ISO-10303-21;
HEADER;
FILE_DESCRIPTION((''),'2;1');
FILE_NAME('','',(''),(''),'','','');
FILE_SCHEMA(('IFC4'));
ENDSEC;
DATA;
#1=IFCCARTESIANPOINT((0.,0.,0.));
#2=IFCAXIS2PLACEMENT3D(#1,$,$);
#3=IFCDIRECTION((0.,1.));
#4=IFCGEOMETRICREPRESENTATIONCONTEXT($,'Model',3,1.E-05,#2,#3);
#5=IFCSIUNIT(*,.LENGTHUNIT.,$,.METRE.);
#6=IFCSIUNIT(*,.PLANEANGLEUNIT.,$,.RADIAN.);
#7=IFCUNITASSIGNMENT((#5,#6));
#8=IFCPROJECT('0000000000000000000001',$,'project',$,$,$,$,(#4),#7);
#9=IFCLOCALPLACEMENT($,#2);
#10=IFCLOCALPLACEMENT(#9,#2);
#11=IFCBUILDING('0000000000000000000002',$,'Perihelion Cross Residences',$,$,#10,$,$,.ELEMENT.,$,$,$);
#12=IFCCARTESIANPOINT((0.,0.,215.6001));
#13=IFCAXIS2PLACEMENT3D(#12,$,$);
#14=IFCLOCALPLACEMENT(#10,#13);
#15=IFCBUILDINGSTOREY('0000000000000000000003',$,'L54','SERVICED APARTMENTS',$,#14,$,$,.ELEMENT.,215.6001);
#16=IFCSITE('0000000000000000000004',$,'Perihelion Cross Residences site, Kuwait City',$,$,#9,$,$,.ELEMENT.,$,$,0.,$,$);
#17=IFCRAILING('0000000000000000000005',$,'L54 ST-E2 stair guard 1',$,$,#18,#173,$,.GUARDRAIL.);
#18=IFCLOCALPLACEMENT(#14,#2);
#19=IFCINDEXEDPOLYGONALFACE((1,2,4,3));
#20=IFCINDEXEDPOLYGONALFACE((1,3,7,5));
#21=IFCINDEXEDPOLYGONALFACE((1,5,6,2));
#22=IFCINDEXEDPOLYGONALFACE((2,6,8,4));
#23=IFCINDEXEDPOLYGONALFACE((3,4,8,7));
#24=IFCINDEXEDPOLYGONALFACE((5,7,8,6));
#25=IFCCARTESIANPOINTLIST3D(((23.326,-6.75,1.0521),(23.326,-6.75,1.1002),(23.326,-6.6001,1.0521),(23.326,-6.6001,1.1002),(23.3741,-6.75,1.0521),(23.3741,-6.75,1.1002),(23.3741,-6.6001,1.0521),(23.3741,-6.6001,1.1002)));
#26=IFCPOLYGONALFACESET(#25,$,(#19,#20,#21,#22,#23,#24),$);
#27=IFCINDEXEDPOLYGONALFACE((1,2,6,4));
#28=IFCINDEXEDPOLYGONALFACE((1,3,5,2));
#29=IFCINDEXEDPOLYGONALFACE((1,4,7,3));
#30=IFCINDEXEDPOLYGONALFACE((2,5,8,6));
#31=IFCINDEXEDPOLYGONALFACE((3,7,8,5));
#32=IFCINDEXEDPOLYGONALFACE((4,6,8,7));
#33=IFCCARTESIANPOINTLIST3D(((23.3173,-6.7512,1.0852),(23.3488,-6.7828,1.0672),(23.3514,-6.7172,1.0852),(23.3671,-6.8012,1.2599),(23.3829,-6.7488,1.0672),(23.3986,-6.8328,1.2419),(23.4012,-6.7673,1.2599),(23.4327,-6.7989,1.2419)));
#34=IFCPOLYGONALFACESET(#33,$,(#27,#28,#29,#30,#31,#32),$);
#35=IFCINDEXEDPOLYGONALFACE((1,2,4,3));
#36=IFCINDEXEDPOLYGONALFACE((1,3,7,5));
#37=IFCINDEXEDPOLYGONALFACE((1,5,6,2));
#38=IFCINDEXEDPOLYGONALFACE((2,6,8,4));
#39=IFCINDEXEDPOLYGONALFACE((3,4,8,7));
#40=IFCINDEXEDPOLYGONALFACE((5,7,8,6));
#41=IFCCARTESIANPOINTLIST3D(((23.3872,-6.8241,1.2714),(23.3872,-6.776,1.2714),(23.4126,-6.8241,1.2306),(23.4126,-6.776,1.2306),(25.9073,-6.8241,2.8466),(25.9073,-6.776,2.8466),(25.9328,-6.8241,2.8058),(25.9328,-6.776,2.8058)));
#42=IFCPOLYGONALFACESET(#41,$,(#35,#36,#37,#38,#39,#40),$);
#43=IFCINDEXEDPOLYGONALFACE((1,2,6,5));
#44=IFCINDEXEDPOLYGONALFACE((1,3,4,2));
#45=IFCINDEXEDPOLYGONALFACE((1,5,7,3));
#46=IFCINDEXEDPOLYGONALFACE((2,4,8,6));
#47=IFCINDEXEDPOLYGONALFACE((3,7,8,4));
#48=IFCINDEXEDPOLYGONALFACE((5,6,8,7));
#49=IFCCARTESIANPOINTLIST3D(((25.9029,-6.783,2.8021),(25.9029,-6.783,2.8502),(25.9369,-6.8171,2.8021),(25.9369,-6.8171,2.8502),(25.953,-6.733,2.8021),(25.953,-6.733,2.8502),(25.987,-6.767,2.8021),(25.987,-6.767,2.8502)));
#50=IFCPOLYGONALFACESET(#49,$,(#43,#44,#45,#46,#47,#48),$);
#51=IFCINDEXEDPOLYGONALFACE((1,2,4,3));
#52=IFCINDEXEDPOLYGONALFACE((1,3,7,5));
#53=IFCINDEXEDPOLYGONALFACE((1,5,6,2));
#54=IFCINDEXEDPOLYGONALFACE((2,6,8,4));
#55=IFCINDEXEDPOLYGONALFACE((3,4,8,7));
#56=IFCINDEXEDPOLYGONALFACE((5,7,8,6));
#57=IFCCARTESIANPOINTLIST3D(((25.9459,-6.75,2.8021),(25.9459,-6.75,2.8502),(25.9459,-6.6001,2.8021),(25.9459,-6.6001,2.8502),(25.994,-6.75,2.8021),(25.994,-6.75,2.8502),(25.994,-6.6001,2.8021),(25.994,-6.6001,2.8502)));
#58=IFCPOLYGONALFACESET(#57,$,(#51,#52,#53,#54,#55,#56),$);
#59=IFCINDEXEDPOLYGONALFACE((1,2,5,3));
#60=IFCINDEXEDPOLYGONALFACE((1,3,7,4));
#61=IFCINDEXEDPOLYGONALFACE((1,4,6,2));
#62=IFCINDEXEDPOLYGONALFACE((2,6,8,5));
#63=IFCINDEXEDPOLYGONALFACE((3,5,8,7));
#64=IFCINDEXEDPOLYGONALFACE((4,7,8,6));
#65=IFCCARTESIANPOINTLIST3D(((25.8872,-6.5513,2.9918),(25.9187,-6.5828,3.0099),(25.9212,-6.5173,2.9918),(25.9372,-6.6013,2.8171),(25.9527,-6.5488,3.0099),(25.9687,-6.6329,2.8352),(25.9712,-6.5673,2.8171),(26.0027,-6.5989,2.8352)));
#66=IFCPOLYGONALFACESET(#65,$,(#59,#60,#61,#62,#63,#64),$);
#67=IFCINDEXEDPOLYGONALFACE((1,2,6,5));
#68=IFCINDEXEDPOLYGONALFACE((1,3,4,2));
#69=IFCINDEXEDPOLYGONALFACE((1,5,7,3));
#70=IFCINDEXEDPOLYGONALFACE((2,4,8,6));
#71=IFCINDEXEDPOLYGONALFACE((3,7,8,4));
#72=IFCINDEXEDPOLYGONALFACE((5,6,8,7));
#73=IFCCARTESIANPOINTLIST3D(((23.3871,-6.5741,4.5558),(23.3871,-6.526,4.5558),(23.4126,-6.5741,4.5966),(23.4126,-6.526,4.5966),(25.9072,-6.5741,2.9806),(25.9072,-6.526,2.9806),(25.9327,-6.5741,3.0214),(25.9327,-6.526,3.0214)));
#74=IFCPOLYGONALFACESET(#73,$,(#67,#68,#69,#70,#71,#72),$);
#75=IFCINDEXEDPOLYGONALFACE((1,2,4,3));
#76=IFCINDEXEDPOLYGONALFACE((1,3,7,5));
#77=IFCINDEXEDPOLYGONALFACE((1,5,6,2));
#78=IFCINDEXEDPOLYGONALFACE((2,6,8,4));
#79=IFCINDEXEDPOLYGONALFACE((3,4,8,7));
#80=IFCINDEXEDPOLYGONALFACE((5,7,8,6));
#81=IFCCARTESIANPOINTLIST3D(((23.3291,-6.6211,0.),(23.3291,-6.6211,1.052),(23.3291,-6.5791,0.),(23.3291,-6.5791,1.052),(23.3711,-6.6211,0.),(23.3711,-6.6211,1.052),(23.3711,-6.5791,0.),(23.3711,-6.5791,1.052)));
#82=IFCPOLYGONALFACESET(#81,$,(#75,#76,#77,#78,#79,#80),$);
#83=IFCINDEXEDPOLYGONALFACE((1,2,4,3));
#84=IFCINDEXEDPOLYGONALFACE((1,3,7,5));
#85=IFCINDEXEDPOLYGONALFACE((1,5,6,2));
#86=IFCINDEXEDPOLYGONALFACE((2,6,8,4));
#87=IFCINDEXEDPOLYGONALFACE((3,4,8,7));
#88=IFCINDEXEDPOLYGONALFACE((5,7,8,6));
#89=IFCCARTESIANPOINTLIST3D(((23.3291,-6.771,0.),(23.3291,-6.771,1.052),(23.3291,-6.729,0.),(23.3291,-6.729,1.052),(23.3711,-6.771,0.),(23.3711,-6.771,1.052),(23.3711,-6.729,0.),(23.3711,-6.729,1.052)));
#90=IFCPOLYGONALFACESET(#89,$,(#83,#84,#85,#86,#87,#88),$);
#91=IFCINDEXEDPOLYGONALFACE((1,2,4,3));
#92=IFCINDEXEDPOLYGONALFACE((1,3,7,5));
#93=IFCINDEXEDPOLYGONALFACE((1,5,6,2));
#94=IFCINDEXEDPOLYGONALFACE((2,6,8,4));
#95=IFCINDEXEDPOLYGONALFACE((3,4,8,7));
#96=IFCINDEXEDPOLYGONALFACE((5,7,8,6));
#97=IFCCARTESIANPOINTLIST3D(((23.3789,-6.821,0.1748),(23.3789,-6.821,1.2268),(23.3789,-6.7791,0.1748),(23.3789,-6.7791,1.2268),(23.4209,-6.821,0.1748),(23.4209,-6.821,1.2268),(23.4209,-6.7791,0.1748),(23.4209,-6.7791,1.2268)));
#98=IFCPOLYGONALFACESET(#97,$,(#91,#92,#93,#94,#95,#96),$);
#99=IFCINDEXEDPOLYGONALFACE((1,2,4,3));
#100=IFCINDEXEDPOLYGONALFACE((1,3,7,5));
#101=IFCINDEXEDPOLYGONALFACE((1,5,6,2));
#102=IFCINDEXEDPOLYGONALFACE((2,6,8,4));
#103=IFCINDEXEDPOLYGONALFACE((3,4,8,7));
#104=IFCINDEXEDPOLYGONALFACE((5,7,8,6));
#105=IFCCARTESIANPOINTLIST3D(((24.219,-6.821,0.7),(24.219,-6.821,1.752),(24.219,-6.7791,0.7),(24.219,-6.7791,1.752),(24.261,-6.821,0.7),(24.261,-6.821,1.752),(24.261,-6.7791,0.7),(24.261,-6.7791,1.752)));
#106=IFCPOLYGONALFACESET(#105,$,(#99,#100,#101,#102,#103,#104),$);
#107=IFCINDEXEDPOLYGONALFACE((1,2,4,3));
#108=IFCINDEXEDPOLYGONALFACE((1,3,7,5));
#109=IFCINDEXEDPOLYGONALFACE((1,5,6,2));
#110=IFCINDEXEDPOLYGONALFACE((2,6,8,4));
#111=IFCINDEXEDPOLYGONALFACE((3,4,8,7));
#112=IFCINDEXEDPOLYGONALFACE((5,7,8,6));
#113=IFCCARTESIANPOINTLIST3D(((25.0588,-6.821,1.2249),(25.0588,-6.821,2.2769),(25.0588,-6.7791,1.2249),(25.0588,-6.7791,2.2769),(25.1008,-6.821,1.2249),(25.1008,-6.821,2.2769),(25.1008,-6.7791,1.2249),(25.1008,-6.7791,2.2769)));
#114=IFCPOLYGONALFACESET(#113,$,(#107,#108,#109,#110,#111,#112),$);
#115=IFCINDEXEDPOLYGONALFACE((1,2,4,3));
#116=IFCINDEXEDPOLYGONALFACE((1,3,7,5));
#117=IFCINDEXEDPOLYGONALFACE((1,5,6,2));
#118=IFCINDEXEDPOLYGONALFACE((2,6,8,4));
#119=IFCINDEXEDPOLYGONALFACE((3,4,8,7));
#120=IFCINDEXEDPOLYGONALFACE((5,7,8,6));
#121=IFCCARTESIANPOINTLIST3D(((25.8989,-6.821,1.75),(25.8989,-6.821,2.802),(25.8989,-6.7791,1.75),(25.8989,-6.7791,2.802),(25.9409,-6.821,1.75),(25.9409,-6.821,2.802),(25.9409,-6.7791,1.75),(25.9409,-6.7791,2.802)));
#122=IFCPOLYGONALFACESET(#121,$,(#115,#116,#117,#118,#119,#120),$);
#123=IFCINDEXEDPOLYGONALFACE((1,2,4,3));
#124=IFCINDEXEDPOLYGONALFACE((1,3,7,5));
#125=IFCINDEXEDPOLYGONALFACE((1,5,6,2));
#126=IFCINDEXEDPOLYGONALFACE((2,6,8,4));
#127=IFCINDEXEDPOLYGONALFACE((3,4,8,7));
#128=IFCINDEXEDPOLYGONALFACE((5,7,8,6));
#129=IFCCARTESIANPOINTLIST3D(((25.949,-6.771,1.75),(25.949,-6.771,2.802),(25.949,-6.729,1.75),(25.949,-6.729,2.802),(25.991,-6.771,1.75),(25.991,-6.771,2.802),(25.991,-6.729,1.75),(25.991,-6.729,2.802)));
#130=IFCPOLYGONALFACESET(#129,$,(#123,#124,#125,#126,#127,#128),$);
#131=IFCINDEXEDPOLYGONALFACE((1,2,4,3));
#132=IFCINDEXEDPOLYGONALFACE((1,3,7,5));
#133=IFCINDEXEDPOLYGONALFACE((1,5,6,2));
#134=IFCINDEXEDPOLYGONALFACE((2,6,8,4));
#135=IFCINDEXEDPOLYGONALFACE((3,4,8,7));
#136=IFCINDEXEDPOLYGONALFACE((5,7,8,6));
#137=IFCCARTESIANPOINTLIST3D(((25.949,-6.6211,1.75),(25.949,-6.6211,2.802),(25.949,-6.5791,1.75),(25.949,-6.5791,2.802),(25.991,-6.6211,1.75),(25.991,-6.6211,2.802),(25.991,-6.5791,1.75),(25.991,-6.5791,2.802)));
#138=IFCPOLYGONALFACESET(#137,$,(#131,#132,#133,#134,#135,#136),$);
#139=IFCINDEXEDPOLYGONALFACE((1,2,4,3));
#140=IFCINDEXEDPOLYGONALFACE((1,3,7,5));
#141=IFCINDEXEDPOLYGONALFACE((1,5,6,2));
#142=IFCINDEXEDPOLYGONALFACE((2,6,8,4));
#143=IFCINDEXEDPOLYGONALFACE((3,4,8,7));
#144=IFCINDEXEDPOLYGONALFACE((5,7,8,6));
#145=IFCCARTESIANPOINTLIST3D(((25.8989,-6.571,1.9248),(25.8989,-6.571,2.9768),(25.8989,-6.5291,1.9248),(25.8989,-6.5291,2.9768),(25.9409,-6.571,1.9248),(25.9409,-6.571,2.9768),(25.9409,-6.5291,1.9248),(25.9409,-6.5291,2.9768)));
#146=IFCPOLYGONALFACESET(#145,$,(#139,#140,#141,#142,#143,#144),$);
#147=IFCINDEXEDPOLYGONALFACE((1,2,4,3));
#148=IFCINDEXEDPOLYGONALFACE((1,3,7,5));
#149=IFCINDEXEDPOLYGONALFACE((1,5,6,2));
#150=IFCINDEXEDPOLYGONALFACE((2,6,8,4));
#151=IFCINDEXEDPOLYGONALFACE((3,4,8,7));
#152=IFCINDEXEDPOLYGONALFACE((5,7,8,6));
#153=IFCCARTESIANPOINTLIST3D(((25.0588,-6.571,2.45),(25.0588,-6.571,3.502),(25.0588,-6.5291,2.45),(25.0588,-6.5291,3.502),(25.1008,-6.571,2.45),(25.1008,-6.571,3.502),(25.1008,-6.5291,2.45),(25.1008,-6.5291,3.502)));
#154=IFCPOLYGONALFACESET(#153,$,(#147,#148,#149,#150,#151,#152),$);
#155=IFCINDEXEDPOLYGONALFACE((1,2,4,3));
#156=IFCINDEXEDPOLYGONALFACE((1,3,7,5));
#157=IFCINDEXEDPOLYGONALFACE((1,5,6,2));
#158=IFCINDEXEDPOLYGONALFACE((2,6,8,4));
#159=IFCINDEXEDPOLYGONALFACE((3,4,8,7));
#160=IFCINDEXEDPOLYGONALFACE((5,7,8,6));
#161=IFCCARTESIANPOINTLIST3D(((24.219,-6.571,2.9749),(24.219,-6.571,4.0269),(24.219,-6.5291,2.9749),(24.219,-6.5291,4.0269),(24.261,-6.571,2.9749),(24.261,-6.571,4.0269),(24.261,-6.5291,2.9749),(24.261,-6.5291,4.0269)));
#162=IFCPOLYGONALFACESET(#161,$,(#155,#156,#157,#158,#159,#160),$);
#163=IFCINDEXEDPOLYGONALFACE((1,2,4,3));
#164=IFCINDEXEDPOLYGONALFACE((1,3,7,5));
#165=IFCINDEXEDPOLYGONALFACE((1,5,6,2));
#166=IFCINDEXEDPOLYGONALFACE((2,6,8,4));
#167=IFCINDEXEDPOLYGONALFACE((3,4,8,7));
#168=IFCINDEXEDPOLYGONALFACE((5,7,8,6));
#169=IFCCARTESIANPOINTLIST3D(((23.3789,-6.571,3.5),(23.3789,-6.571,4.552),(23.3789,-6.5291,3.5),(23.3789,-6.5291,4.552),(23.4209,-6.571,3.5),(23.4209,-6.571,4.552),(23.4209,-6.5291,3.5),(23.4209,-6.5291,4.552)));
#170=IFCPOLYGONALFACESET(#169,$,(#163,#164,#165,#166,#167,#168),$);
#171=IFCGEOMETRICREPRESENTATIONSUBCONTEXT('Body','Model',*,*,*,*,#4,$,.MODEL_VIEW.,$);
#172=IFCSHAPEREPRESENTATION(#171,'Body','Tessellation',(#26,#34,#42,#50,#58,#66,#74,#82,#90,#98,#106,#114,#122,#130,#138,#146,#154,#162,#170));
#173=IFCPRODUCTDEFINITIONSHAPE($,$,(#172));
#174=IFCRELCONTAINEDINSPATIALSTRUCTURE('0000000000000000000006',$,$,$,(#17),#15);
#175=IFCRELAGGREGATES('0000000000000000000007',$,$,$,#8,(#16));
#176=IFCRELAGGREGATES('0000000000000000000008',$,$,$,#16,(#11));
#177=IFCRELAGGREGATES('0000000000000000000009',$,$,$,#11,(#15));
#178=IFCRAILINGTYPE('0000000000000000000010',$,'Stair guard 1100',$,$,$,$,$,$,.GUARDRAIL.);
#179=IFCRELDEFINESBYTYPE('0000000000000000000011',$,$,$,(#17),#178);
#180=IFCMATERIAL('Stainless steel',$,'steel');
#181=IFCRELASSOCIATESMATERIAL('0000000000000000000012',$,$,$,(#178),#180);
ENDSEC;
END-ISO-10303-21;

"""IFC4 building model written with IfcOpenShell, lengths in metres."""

from ifc_helpers import new_model, si_unit, direction, frame, origin, origin_2d, place, context, subcontext, project, spatial, rectangle, extrude, material, type_object, element, save


model = new_model("IFC4")

# Units and contexts
model_context = context("Model", 3, precision=1e-05, world=origin(), true_north=direction((0.0, 1.0)))
body_context = subcontext(model_context, "Body", "Model", "MODEL_VIEW")
ifc_project = project(units=[si_unit("LENGTHUNIT", "METRE"), si_unit("PLANEANGLEUNIT", "RADIAN")], contexts=[model_context])

# Site, building, storey
site_placement = place(None, origin())
site = spatial("IfcSite", under=ifc_project, at=site_placement, Name="Perihelion Cross Residences site, Kuwait City", CompositionType="ELEMENT", RefElevation=0.0)
building_placement = place(site_placement, origin())
building = spatial("IfcBuilding", under=site, at=building_placement, Name="Perihelion Cross Residences", CompositionType="ELEMENT")
storey_placement = place(building_placement, frame((0.0, 0.0, 215.6001)))
storey = spatial("IfcBuildingStorey", under=building, at=storey_placement, Name="L54", Description="SERVICED APARTMENTS", CompositionType="ELEMENT", Elevation=215.6001)

# Railing
ifc_material_1 = material(Name="Stainless steel", Category="steel")
railing_type_1 = type_object("IfcRailingType", Name="Stair guard 1100", PredefinedType="GUARDRAIL", material=ifc_material_1)
railing_1_placement = place(storey_placement, frame((23.3501, -6.6001, 0.0)))
element("IfcRailing", 1, at=railing_1_placement, inside=storey, type_object=railing_type_1, Name="L54 ST-E2 stair guard 1", PredefinedType="GUARDRAIL", context=body_context, shape_type="SweptSolid", body=[
    extrude(rectangle(XDim=0.0481, YDim=0.0481, at=origin_2d()), frame((0.0, 0.0, 1.0762), z_axis=(0.0, -1.0, 0.0), x_axis=(1.0, 0.0, 0.0)), (0.0, 0.0, 1.0), 0.1499),
    extrude(rectangle(XDim=0.0481, YDim=0.0481, at=origin_2d()), frame((0.0, -0.1499, 1.0762), z_axis=(0.264179, -0.265474, 0.927218), x_axis=(0.708834, 0.705376, 0.0)), (0.0, 0.0, 1.0), 0.1885),
    extrude(rectangle(XDim=0.0481, YDim=0.0481, at=origin_2d()), frame((0.0498, -0.2, 1.251), z_axis=(0.847971, 0.0, 0.530043), x_axis=(0.0, 1.0, 0.0)), (0.0, 0.0, 1.0), 2.9719),
    extrude(rectangle(XDim=0.0481, YDim=0.0481, at=origin_2d()), frame((2.5698, -0.2, 2.8262), z_axis=(0.707107, 0.707107, 0.0), x_axis=(-0.707107, 0.707107, 0.0)), (0.0, 0.0, 1.0), 0.0708),
    extrude(rectangle(XDim=0.0481, YDim=0.0481, at=origin_2d()), frame((2.6199, -0.1499, 2.8262), z_axis=(0.0, 1.0, 0.0), x_axis=(-1.0, 0.0, 0.0)), (0.0, 0.0, 1.0), 0.1499),
    extrude(rectangle(XDim=0.0481, YDim=0.0481, at=origin_2d()), frame((2.6199, 0.0, 2.8262), z_axis=(-0.265383, 0.265383, 0.9269), x_axis=(-0.707107, -0.707107, 0.0)), (0.0, 0.0, 1.0), 0.1885),
    extrude(rectangle(XDim=0.0481, YDim=0.0481, at=origin_2d()), frame((2.5698, 0.05, 3.001), z_axis=(-0.847971, 0.0, 0.530043), x_axis=(0.0, -1.0, 0.0)), (0.0, 0.0, 1.0), 2.9719),
    extrude(rectangle(XDim=0.042, YDim=0.042, at=origin_2d()), origin(), (0.0, 0.0, 1.0), 1.052),
    extrude(rectangle(XDim=0.042, YDim=0.042, at=origin_2d()), frame((0.0, -0.1499, 0.0)), (0.0, 0.0, 1.0), 1.052),
    extrude(rectangle(XDim=0.042, YDim=0.042, at=origin_2d()), frame((0.0498, -0.2, 0.1748)), (0.0, 0.0, 1.0), 1.052),
    extrude(rectangle(XDim=0.042, YDim=0.042, at=origin_2d()), frame((0.8899, -0.2, 0.7)), (0.0, 0.0, 1.0), 1.052),
    extrude(rectangle(XDim=0.042, YDim=0.042, at=origin_2d()), frame((1.7297, -0.2, 1.2249)), (0.0, 0.0, 1.0), 1.052),
    extrude(rectangle(XDim=0.042, YDim=0.042, at=origin_2d()), frame((2.5698, -0.2, 1.75)), (0.0, 0.0, 1.0), 1.052),
    extrude(rectangle(XDim=0.042, YDim=0.042, at=origin_2d()), frame((2.6199, -0.1499, 1.75)), (0.0, 0.0, 1.0), 1.052),
    extrude(rectangle(XDim=0.042, YDim=0.042, at=origin_2d()), frame((2.6199, 0.0, 1.75)), (0.0, 0.0, 1.0), 1.052),
    extrude(rectangle(XDim=0.042, YDim=0.042, at=origin_2d()), frame((2.5698, 0.05, 1.9248)), (0.0, 0.0, 1.0), 1.052),
    extrude(rectangle(XDim=0.042, YDim=0.042, at=origin_2d()), frame((1.7297, 0.05, 2.45)), (0.0, 0.0, 1.0), 1.052),
    extrude(rectangle(XDim=0.042, YDim=0.042, at=origin_2d()), frame((0.8899, 0.05, 2.9749)), (0.0, 0.0, 1.0), 1.052),
    extrude(rectangle(XDim=0.042, YDim=0.042, at=origin_2d()), frame((0.0498, 0.05, 3.5)), (0.0, 0.0, 1.0), 1.052),
])

save(model, "model.ifc")
